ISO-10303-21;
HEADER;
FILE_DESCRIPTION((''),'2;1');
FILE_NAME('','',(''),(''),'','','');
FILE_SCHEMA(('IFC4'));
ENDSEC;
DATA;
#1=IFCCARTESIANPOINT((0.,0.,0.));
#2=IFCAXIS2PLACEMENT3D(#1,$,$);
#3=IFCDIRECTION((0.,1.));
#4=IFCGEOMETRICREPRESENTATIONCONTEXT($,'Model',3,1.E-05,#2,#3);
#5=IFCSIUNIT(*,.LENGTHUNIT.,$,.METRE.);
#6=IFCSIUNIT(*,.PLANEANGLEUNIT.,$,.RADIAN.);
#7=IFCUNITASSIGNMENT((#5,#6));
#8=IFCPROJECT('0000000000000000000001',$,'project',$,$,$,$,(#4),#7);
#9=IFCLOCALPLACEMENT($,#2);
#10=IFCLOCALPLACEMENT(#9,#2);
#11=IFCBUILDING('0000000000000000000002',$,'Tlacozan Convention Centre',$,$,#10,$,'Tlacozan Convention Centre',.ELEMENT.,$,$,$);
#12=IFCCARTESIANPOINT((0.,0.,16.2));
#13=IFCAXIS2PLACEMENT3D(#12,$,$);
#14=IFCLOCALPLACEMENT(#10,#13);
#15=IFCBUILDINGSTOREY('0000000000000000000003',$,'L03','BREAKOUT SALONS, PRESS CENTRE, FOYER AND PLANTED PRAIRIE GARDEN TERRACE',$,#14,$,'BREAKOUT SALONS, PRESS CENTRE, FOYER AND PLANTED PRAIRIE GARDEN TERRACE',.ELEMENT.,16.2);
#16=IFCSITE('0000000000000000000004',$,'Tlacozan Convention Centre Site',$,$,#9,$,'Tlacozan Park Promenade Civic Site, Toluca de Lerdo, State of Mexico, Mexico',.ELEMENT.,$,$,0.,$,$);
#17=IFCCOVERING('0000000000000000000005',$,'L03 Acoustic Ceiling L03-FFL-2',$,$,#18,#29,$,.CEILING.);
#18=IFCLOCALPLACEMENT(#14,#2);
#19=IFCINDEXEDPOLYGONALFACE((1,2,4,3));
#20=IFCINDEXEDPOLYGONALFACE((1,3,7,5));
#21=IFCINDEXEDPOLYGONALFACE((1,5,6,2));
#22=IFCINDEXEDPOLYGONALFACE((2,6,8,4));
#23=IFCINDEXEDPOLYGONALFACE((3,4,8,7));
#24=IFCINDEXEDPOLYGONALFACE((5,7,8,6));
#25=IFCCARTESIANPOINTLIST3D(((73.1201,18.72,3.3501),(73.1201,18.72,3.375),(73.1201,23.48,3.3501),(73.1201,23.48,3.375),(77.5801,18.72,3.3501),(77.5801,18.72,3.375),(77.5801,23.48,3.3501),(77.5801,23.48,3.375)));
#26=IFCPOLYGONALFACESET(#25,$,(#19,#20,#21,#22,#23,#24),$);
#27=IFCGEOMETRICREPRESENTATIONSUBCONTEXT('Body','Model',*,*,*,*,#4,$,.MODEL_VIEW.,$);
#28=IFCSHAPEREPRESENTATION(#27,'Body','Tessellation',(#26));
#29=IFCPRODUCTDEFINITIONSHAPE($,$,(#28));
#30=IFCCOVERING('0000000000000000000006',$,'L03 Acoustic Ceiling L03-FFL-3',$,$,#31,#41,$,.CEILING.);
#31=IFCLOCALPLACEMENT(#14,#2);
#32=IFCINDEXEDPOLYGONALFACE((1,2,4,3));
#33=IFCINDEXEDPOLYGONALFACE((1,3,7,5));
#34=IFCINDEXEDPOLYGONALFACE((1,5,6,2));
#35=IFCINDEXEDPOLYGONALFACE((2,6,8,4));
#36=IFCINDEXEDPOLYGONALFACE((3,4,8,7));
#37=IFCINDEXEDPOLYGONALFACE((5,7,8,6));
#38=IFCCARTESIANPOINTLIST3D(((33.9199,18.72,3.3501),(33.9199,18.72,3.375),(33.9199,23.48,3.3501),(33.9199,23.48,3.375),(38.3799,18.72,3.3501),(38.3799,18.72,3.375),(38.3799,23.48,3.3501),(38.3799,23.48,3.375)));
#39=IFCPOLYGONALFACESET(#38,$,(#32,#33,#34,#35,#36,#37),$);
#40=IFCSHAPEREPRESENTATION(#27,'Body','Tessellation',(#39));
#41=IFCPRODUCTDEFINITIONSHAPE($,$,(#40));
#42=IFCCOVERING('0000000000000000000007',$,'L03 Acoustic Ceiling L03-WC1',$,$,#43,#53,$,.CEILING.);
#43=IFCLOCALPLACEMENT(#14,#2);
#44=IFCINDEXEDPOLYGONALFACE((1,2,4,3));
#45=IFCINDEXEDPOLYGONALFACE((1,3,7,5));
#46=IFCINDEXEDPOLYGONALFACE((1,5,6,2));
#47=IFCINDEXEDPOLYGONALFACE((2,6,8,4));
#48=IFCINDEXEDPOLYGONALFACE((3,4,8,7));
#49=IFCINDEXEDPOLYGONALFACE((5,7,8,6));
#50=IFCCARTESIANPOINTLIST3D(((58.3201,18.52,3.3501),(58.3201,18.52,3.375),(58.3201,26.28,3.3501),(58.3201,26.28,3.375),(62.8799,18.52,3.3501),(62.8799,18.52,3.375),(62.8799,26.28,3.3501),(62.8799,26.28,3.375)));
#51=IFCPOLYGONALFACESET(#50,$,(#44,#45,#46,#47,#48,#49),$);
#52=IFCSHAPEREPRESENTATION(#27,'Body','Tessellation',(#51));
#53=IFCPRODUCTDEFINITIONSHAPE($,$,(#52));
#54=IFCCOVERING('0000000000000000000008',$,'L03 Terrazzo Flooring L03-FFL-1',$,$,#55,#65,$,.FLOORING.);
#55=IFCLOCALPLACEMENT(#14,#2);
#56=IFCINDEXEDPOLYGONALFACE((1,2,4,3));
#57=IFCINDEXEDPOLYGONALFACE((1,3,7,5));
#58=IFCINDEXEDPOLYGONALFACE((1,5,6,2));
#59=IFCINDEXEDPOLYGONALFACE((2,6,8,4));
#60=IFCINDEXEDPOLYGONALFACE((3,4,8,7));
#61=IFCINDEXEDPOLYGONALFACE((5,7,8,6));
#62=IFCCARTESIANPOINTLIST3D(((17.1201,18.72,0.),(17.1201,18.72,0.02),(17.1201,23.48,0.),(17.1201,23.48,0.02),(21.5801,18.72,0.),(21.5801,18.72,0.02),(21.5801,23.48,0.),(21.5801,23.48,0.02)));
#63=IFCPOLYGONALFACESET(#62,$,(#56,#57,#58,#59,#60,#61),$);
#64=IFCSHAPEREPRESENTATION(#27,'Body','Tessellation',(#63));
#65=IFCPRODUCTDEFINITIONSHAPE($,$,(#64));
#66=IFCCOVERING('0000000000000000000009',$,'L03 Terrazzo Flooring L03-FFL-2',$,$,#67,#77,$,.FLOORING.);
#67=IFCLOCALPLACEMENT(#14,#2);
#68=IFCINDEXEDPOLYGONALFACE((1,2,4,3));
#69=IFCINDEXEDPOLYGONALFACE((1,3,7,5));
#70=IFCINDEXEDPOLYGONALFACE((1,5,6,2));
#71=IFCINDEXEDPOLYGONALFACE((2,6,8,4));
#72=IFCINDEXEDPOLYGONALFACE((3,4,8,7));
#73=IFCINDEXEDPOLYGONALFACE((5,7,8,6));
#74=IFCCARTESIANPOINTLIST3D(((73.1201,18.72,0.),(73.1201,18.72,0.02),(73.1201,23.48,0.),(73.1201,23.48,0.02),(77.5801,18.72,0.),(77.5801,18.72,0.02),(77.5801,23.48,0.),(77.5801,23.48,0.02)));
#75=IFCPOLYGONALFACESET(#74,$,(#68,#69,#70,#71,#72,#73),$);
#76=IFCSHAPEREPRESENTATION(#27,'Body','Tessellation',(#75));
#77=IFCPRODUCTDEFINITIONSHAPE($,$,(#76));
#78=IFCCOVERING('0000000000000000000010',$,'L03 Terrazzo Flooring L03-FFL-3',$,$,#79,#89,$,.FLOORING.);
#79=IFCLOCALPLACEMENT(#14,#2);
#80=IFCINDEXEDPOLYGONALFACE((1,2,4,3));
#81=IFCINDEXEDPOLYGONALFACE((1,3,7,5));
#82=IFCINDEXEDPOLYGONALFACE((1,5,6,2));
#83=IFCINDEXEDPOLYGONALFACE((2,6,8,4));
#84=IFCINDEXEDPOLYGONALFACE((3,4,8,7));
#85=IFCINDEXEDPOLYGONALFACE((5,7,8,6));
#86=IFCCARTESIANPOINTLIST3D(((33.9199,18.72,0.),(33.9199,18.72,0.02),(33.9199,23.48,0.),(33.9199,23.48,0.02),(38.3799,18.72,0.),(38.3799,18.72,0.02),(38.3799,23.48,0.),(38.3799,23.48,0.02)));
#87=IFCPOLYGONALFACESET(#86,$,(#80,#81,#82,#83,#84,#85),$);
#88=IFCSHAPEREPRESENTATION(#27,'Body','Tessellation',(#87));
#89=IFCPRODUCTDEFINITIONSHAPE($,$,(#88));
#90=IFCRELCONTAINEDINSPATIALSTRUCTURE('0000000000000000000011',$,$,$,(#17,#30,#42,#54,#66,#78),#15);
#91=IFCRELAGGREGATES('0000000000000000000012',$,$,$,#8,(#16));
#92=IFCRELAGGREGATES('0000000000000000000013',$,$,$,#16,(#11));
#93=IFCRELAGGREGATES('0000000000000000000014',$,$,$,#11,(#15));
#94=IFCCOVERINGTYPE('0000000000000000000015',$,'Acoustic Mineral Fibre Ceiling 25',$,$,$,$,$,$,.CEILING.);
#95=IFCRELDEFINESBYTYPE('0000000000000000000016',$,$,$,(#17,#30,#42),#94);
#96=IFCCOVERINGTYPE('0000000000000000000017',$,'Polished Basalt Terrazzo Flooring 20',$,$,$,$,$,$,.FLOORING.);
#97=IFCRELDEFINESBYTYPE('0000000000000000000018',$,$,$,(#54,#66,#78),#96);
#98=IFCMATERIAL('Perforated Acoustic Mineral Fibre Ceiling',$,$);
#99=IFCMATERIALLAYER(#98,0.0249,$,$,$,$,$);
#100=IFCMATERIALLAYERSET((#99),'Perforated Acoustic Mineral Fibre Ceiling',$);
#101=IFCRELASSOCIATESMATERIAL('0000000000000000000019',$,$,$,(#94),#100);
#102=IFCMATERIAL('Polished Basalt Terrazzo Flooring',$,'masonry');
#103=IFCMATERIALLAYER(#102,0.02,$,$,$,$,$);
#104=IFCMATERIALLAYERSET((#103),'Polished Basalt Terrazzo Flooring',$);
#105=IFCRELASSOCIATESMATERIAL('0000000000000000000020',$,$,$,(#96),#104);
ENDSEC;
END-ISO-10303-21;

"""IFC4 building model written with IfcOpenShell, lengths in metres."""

from ifc_helpers import new_model, si_unit, direction, frame, origin, place, context, subcontext, project, spatial, polyline, outline, extrude, material, layer, layer_set, type_object, element, save


model = new_model("IFC4")

# Units and contexts
model_context = context("Model", 3, precision=1e-05, world=origin(), true_north=direction((0.0, 1.0)))
body_context = subcontext(model_context, "Body", "Model", "MODEL_VIEW")
ifc_project = project(units=[si_unit("LENGTHUNIT", "METRE"), si_unit("PLANEANGLEUNIT", "RADIAN")], contexts=[model_context])

# Site, building, storey
site_placement = place(None, origin())
site = spatial("IfcSite", under=ifc_project, at=site_placement, Name="Tlacozan Convention Centre Site", LongName="Tlacozan Park Promenade Civic Site, Toluca de Lerdo, State of Mexico, Mexico", CompositionType="ELEMENT", RefElevation=0.0)
building_placement = place(site_placement, origin())
building = spatial("IfcBuilding", under=site, at=building_placement, Name="Tlacozan Convention Centre", LongName="Tlacozan Convention Centre", CompositionType="ELEMENT")
storey_placement = place(building_placement, frame((0.0, 0.0, 16.2)))
storey = spatial("IfcBuildingStorey", under=building, at=storey_placement, Name="L03", Description="BREAKOUT SALONS, PRESS CENTRE, FOYER AND PLANTED PRAIRIE GARDEN TERRACE", LongName="BREAKOUT SALONS, PRESS CENTRE, FOYER AND PLANTED PRAIRIE GARDEN TERRACE", CompositionType="ELEMENT", Elevation=16.2)

# Coverings
ifc_material_1 = material(Name="Perforated Acoustic Mineral Fibre Ceiling")
ifc_layer_1 = layer(ifc_material_1, 0.0249)
ifc_layer_set_1 = layer_set([ifc_layer_1], Name="Perforated Acoustic Mineral Fibre Ceiling")
covering_type_1 = type_object("IfcCoveringType", Name="Acoustic Mineral Fibre Ceiling 25", PredefinedType="CEILING", material=ifc_layer_set_1)
covering_1_placement = place(storey_placement, frame((0.0, 0.0, 3.3501)))
element("IfcCovering", 1, at=covering_1_placement, inside=storey, type_object=covering_type_1, Name="L03 Acoustic Ceiling L03-FFL-2", PredefinedType="CEILING", context=body_context, shape_type="SweptSolid", body=[
    extrude(outline(polyline([(73.1201, 18.72), (77.5801, 18.72), (77.5801, 23.48), (73.1201, 23.48), (73.1201, 18.72)])), origin(), (0.0, 0.0, 1.0), 0.0249),
])
covering_2_placement = place(storey_placement, frame((0.0, 0.0, 3.3501)))
element("IfcCovering", 2, at=covering_2_placement, inside=storey, type_object=covering_type_1, Name="L03 Acoustic Ceiling L03-FFL-3", PredefinedType="CEILING", context=body_context, shape_type="SweptSolid", body=[
    extrude(outline(polyline([(33.9199, 18.72), (38.3799, 18.72), (38.3799, 23.48), (33.9199, 23.48), (33.9199, 18.72)])), origin(), (0.0, 0.0, 1.0), 0.0249),
])
covering_3_placement = place(storey_placement, frame((0.0, 0.0, 3.3501)))
element("IfcCovering", 3, at=covering_3_placement, inside=storey, type_object=covering_type_1, Name="L03 Acoustic Ceiling L03-WC1", PredefinedType="CEILING", context=body_context, shape_type="SweptSolid", body=[
    extrude(outline(polyline([(58.3201, 18.52), (62.8799, 18.52), (62.8799, 26.28), (58.3201, 26.28), (58.3201, 18.52)])), origin(), (0.0, 0.0, 1.0), 0.0249),
])
ifc_material_2 = material(Name="Polished Basalt Terrazzo Flooring", Category="masonry")
ifc_layer_2 = layer(ifc_material_2, 0.02)
ifc_layer_set_2 = layer_set([ifc_layer_2], Name="Polished Basalt Terrazzo Flooring")
covering_type_2 = type_object("IfcCoveringType", Name="Polished Basalt Terrazzo Flooring 20", PredefinedType="FLOORING", material=ifc_layer_set_2)
covering_4_placement = place(storey_placement, origin())
element("IfcCovering", 4, at=covering_4_placement, inside=storey, type_object=covering_type_2, Name="L03 Terrazzo Flooring L03-FFL-1", PredefinedType="FLOORING", context=body_context, shape_type="SweptSolid", body=[
    extrude(outline(polyline([(17.1201, 18.72), (21.5801, 18.72), (21.5801, 23.48), (17.1201, 23.48), (17.1201, 18.72)])), origin(), (0.0, 0.0, 1.0), 0.02),
])
covering_5_placement = place(storey_placement, origin())
element("IfcCovering", 5, at=covering_5_placement, inside=storey, type_object=covering_type_2, Name="L03 Terrazzo Flooring L03-FFL-2", PredefinedType="FLOORING", context=body_context, shape_type="SweptSolid", body=[
    extrude(outline(polyline([(73.1201, 18.72), (77.5801, 18.72), (77.5801, 23.48), (73.1201, 23.48), (73.1201, 18.72)])), origin(), (0.0, 0.0, 1.0), 0.02),
])
covering_6_placement = place(storey_placement, origin())
element("IfcCovering", 6, at=covering_6_placement, inside=storey, type_object=covering_type_2, Name="L03 Terrazzo Flooring L03-FFL-3", PredefinedType="FLOORING", context=body_context, shape_type="SweptSolid", body=[
    extrude(outline(polyline([(33.9199, 18.72), (38.3799, 18.72), (38.3799, 23.48), (33.9199, 23.48), (33.9199, 18.72)])), origin(), (0.0, 0.0, 1.0), 0.02),
])

save(model, "model.ifc")
